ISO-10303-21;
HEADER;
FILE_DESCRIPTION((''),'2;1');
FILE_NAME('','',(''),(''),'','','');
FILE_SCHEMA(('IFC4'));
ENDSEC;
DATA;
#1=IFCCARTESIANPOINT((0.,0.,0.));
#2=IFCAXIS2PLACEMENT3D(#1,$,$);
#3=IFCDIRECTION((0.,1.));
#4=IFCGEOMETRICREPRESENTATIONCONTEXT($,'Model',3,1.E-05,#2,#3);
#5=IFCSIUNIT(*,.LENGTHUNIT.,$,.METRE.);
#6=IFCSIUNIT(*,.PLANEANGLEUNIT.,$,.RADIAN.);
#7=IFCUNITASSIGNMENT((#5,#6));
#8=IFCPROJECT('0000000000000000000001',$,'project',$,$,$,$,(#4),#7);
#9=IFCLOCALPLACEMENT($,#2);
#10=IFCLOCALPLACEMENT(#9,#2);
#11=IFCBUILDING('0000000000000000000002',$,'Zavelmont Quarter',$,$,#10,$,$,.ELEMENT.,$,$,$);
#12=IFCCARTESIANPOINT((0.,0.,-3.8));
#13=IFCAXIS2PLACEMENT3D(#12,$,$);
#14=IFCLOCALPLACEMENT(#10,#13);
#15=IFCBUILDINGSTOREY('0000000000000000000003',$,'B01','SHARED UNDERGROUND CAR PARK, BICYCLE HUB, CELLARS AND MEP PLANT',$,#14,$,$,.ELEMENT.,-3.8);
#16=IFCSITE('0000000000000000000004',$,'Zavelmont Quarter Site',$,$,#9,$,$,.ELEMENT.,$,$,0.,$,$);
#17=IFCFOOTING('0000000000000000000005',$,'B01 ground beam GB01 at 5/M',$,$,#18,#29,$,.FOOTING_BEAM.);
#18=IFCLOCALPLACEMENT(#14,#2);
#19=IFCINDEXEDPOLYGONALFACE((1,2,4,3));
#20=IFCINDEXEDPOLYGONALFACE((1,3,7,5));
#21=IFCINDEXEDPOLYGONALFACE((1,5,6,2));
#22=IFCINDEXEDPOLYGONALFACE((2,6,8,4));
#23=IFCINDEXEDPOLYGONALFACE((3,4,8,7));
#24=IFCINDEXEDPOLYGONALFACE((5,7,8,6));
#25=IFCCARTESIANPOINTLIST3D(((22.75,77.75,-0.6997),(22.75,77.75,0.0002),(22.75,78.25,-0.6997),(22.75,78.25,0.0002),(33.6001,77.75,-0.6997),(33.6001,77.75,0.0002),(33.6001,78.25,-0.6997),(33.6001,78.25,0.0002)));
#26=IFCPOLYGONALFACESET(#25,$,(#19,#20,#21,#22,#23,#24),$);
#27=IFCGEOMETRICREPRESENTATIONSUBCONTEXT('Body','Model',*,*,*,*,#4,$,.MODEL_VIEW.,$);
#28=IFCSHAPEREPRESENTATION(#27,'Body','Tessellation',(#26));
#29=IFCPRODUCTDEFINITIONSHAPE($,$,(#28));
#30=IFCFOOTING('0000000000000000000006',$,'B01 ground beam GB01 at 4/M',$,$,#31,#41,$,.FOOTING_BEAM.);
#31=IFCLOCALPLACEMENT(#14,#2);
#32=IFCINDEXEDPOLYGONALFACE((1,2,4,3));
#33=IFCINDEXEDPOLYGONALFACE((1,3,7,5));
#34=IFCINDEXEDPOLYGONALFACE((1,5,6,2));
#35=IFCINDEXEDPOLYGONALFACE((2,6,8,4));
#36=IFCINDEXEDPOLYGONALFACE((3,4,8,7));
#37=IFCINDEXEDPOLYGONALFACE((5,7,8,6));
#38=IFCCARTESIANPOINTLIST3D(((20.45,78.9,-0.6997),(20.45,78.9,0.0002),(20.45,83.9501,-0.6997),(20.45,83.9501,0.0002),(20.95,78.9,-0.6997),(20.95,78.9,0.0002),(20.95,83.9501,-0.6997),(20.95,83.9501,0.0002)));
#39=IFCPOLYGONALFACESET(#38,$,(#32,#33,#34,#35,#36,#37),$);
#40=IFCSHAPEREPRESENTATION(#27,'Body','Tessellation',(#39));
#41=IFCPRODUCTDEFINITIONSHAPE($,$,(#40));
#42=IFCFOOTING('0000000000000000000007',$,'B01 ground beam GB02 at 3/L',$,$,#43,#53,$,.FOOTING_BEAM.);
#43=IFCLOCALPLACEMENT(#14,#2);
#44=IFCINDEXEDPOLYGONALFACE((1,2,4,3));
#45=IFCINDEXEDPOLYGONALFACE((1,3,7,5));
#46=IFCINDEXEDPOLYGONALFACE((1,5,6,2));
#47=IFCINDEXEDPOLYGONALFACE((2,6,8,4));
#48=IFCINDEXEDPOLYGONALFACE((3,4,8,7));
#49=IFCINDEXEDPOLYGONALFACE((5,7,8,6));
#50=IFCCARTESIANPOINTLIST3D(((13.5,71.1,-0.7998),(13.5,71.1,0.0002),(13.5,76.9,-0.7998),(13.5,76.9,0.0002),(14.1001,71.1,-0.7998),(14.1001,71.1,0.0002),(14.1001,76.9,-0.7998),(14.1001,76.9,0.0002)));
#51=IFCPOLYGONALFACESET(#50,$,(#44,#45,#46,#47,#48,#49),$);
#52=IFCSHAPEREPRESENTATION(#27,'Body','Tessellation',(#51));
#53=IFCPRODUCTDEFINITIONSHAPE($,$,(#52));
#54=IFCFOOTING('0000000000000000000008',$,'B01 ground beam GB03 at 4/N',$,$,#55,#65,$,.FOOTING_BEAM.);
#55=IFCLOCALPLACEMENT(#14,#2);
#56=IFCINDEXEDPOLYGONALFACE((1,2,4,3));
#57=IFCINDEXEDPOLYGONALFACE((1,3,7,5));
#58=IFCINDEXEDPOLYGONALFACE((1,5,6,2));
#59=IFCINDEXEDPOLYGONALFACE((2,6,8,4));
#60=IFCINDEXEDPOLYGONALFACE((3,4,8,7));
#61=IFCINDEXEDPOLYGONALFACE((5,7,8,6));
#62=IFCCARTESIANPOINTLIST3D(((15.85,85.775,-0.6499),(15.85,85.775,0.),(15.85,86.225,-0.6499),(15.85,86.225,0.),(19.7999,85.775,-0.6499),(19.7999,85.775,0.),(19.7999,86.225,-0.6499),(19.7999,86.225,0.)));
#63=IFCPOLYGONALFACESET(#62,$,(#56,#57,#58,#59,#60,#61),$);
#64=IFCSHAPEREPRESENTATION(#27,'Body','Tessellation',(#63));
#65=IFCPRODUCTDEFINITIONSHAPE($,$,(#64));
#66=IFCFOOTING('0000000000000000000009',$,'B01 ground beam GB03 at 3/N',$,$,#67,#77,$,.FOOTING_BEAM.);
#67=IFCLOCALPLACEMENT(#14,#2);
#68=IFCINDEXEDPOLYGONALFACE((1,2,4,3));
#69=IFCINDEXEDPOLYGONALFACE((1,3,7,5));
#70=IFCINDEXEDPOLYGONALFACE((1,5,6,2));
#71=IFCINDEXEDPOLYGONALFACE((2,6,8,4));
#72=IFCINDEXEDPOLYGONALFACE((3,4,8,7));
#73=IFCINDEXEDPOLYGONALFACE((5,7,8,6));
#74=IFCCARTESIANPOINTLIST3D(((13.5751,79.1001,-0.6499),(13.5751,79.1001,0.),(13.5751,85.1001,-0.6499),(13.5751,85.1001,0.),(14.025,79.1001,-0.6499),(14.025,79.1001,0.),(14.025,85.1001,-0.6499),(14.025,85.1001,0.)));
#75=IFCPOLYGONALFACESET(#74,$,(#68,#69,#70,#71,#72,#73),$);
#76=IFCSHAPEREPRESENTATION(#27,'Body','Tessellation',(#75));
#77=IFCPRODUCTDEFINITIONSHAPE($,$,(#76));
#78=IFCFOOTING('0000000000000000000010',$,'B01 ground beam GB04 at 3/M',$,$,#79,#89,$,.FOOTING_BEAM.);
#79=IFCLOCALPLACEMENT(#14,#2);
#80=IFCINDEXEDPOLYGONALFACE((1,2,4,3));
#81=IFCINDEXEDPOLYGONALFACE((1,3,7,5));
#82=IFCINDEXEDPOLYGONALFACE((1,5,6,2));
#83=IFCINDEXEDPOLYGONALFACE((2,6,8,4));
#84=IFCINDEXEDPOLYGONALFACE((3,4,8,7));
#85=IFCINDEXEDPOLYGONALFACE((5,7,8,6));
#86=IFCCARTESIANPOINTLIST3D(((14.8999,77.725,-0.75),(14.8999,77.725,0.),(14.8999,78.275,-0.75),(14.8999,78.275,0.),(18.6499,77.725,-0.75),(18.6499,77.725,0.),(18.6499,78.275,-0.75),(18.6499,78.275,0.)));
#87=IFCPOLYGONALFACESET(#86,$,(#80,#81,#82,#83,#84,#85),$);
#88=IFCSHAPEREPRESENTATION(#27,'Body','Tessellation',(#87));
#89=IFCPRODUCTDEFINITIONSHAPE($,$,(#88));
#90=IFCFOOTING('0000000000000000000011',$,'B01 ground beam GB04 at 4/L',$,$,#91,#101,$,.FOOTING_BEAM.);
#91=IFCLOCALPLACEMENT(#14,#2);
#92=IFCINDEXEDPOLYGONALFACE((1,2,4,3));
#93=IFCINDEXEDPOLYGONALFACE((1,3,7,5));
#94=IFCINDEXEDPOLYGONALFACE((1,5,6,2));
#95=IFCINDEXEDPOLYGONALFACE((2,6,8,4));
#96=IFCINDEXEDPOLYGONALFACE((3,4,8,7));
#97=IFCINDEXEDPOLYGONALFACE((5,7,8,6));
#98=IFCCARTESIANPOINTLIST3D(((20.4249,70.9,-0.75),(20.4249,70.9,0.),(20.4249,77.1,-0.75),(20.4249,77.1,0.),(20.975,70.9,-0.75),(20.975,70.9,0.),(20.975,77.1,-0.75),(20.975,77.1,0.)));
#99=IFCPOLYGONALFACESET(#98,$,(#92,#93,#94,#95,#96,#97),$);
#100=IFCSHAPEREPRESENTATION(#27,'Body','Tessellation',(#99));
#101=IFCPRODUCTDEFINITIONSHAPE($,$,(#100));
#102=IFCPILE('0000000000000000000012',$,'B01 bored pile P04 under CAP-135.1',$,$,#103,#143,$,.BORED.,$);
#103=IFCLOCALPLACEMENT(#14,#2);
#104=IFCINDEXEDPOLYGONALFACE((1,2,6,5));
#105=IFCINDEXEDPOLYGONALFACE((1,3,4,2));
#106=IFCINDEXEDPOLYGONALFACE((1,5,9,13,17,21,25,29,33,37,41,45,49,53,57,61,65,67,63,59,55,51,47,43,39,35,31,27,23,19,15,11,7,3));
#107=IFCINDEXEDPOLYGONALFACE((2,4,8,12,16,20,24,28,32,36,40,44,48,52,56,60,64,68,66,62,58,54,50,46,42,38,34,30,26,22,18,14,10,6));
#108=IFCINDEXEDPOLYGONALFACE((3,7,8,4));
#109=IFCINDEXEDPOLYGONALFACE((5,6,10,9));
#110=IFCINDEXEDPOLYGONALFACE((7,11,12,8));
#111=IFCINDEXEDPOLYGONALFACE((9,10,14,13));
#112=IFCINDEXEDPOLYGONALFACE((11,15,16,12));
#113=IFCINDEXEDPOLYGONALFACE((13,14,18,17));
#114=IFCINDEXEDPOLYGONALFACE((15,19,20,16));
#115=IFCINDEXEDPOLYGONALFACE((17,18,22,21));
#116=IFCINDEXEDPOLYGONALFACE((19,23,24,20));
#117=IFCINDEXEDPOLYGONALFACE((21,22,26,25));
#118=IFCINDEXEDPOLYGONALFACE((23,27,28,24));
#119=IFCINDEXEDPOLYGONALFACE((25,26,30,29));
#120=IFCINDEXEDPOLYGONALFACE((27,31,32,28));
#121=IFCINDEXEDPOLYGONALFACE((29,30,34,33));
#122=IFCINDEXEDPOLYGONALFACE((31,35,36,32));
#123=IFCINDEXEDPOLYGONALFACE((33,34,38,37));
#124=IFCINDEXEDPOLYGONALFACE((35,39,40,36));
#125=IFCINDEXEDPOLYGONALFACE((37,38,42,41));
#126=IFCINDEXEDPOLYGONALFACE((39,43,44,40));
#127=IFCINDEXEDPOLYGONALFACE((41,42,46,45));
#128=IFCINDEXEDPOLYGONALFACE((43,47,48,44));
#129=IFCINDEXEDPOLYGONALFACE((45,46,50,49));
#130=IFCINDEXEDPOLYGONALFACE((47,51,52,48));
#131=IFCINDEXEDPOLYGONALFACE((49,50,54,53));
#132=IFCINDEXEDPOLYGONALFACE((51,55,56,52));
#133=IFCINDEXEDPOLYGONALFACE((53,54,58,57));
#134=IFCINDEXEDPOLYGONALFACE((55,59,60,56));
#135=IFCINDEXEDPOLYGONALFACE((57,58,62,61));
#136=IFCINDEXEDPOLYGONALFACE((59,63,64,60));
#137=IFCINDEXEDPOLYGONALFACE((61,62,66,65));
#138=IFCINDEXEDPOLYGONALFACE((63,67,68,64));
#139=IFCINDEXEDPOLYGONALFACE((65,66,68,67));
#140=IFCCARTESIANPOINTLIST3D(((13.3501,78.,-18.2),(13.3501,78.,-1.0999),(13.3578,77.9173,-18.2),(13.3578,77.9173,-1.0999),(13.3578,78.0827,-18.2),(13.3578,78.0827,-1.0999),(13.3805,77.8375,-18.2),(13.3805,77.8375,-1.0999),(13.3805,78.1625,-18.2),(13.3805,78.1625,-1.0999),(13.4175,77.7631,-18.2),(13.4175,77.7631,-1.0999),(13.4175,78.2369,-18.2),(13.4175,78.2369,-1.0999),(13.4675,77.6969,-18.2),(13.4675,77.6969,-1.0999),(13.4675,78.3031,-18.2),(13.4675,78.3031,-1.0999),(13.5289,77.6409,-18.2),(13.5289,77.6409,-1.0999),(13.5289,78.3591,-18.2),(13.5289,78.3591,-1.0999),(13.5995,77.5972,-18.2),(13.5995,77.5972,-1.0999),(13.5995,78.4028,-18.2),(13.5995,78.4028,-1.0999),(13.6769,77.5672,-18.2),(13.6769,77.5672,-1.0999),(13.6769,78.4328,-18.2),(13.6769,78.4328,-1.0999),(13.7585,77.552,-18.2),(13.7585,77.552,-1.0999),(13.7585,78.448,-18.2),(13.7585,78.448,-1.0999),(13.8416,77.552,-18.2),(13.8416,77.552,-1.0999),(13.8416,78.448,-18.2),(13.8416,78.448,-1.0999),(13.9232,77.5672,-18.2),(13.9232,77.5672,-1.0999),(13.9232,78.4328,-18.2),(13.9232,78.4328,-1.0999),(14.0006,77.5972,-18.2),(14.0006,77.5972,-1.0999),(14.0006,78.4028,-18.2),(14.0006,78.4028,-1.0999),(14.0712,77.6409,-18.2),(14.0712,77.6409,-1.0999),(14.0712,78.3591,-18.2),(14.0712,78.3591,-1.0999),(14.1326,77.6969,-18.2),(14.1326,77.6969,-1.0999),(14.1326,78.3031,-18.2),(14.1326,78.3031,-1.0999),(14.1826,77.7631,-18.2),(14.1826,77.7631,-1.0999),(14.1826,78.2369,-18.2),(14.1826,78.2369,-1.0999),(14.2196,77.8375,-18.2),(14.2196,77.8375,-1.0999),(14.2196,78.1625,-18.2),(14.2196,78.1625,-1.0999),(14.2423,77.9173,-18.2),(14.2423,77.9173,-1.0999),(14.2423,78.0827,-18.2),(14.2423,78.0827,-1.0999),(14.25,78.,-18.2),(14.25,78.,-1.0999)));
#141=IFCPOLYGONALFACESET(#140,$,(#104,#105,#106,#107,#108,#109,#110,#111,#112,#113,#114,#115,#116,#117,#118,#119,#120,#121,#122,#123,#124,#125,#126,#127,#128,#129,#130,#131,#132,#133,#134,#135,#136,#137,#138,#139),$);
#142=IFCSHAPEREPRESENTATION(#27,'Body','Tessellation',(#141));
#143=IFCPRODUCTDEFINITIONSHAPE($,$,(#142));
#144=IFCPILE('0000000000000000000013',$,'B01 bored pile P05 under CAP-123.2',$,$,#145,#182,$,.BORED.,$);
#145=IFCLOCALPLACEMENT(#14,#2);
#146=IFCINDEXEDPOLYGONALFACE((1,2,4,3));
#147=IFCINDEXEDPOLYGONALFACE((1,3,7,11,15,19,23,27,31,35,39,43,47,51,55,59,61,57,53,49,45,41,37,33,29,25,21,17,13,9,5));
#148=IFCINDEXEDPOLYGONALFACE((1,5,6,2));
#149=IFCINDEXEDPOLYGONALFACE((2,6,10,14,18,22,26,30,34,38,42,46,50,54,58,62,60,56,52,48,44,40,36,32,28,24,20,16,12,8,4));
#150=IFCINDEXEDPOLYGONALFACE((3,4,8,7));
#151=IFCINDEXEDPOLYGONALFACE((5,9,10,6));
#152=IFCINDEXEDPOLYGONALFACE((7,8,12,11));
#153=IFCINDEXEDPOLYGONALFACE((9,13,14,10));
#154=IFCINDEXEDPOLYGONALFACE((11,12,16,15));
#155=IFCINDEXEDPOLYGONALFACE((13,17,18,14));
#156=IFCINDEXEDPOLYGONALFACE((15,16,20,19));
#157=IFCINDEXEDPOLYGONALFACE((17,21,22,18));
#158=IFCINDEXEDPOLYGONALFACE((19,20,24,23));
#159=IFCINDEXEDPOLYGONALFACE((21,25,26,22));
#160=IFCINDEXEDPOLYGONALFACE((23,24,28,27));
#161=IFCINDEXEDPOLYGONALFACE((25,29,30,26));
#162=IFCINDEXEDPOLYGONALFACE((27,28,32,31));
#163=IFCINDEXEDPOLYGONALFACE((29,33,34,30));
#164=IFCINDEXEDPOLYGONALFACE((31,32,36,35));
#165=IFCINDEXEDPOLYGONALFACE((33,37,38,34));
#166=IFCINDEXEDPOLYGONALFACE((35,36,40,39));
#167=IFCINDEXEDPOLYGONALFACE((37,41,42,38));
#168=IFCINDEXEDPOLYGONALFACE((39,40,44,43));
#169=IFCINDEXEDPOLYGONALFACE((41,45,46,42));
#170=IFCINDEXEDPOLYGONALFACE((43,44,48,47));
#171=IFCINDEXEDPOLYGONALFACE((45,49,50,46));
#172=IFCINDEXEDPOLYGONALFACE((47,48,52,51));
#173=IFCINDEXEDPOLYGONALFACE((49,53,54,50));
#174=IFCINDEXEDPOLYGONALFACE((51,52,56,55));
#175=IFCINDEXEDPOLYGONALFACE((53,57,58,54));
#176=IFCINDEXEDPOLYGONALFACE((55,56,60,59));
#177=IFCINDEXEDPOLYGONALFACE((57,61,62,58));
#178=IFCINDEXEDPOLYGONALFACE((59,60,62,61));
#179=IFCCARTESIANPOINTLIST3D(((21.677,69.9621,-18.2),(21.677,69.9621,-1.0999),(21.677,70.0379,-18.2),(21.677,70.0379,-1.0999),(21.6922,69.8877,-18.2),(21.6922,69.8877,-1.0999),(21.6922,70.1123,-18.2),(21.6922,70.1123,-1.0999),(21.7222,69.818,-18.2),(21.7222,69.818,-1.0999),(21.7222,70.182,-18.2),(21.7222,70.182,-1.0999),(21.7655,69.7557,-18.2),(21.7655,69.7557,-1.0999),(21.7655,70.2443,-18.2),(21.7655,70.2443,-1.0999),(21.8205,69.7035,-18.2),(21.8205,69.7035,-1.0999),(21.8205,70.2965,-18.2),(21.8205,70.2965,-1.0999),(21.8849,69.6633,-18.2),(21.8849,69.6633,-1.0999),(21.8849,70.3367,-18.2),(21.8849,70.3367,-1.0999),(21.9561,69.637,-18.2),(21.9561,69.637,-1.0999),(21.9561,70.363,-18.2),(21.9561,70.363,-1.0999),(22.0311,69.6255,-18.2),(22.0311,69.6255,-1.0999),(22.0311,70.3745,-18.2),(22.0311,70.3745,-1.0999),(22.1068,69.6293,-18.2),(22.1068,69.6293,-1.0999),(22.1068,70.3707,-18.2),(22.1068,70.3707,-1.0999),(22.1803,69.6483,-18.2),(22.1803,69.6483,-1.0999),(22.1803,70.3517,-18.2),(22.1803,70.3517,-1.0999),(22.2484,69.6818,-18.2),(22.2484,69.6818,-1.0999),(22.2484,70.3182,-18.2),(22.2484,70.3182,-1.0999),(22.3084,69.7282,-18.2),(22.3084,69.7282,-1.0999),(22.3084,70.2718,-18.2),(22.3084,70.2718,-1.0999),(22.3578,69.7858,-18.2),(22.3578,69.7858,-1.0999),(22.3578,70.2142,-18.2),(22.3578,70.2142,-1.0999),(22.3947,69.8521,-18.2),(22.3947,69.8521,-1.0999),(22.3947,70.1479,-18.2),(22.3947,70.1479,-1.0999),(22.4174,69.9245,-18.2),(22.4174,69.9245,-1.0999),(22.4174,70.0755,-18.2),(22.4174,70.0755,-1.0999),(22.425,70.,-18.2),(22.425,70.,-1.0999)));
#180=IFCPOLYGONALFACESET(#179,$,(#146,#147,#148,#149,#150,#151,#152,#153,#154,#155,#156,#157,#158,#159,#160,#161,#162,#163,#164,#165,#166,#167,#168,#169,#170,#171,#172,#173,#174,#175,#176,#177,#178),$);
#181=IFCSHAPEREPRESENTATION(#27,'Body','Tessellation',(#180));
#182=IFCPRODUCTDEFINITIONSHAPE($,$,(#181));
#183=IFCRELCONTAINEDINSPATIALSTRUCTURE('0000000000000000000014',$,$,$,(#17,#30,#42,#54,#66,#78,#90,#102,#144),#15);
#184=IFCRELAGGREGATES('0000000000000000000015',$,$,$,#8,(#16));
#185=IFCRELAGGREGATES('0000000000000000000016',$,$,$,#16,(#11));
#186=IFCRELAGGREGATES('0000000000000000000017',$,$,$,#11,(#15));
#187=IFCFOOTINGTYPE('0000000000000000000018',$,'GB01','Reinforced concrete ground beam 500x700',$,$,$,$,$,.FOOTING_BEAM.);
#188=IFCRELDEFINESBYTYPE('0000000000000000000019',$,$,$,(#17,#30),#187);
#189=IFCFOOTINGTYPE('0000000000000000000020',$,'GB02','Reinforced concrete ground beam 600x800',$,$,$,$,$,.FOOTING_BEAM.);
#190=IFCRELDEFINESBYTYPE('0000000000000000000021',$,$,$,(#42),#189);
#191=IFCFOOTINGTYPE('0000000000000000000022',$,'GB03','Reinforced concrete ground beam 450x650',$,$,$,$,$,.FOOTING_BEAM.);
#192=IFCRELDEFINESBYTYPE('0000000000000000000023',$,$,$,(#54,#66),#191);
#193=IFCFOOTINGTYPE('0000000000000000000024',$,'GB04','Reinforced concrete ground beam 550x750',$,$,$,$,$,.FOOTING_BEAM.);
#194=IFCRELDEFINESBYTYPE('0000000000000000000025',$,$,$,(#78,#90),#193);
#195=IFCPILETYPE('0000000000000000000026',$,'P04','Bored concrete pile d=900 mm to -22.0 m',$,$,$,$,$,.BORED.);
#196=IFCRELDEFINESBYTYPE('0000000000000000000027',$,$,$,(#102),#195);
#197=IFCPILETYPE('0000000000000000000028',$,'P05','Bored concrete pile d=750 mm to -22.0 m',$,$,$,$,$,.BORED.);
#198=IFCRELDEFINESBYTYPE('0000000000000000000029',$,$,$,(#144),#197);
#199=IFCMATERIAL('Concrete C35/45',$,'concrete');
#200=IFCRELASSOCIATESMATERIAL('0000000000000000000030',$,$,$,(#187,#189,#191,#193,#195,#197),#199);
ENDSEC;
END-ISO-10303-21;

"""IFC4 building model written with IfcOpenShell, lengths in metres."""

from ifc_helpers import new_model, si_unit, direction, frame, origin, origin_2d, place, context, subcontext, project, spatial, rectangle, circle, extrude, material, material_profile, profile_set, type_object, element, save


model = new_model("IFC4")

# Units and contexts
model_context = context("Model", 3, precision=1e-05, world=origin(), true_north=direction((0.0, 1.0)))
body_context = subcontext(model_context, "Body", "Model", "MODEL_VIEW")
ifc_project = project(units=[si_unit("LENGTHUNIT", "METRE"), si_unit("PLANEANGLEUNIT", "RADIAN")], contexts=[model_context])

# Site, building, storey
site_placement = place(None, origin())
site = spatial("IfcSite", under=ifc_project, at=site_placement, Name="Zavelmont Quarter Site", CompositionType="ELEMENT", RefElevation=0.0)
building_placement = place(site_placement, origin())
building = spatial("IfcBuilding", under=site, at=building_placement, Name="Zavelmont Quarter", CompositionType="ELEMENT")
storey_placement = place(building_placement, frame((0.0, 0.0, -3.8)))
storey = spatial("IfcBuildingStorey", under=building, at=storey_placement, Name="B01", Description="SHARED UNDERGROUND CAR PARK, BICYCLE HUB, CELLARS AND MEP PLANT", CompositionType="ELEMENT", Elevation=-3.8)

# Footings
ifc_material_1 = material(Name="Concrete C35/45", Category="concrete")
footing_type_1 = type_object("IfcFootingType", Name="GB01", Description="Reinforced concrete ground beam 500x700", PredefinedType="FOOTING_BEAM", material=ifc_material_1)
footing_1_placement = place(storey_placement, frame((28.175, 78.0, -0.6997), z_axis=(0.0, 0.0, 1.0), x_axis=(1.0, 0.0, 0.0)))
element("IfcFooting", 1, at=footing_1_placement, inside=storey, type_object=footing_type_1, Name="B01 ground beam GB01 at 5/M", PredefinedType="FOOTING_BEAM", context=body_context, shape_type="SweptSolid", body=[
    extrude(rectangle(XDim=10.8501, YDim=0.5, at=origin_2d()), origin(), (0.0, 0.0, 1.0), 0.7),
])
footing_2_placement = place(storey_placement, frame((20.7, 81.425, -0.6997), z_axis=(0.0, 0.0, 1.0), x_axis=(0.0, 1.0, 0.0)))
element("IfcFooting", 2, at=footing_2_placement, inside=storey, type_object=footing_type_1, Name="B01 ground beam GB01 at 4/M", PredefinedType="FOOTING_BEAM", context=body_context, shape_type="SweptSolid", body=[
    extrude(rectangle(XDim=5.05, YDim=0.5, at=origin_2d()), origin(), (0.0, 0.0, 1.0), 0.7),
])
footing_type_2 = type_object("IfcFootingType", Name="GB02", Description="Reinforced concrete ground beam 600x800", PredefinedType="FOOTING_BEAM", material=ifc_material_1)
footing_3_placement = place(storey_placement, frame((13.8, 74.0, -0.7998), z_axis=(0.0, 0.0, 1.0), x_axis=(0.0, 1.0, 0.0)))
element("IfcFooting", 3, at=footing_3_placement, inside=storey, type_object=footing_type_2, Name="B01 ground beam GB02 at 3/L", PredefinedType="FOOTING_BEAM", context=body_context, shape_type="SweptSolid", body=[
    extrude(rectangle(XDim=5.8, YDim=0.6001, at=origin_2d()), origin(), (0.0, 0.0, 1.0), 0.8),
])
footing_type_3 = type_object("IfcFootingType", Name="GB03", Description="Reinforced concrete ground beam 450x650", PredefinedType="FOOTING_BEAM", material=ifc_material_1)
footing_4_placement = place(storey_placement, frame((17.825, 86.0, -0.6499), z_axis=(0.0, 0.0, 1.0), x_axis=(1.0, 0.0, 0.0)))
element("IfcFooting", 4, at=footing_4_placement, inside=storey, type_object=footing_type_3, Name="B01 ground beam GB03 at 4/N", PredefinedType="FOOTING_BEAM", context=body_context, shape_type="SweptSolid", body=[
    extrude(rectangle(XDim=3.95, YDim=0.45, at=origin_2d()), origin(), (0.0, 0.0, 1.0), 0.6499),
])
footing_5_placement = place(storey_placement, frame((13.8, 82.1001, -0.6499), z_axis=(0.0, 0.0, 1.0), x_axis=(0.0, 1.0, 0.0)))
element("IfcFooting", 5, at=footing_5_placement, inside=storey, type_object=footing_type_3, Name="B01 ground beam GB03 at 3/N", PredefinedType="FOOTING_BEAM", context=body_context, shape_type="SweptSolid", body=[
    extrude(rectangle(XDim=6.0, YDim=0.45, at=origin_2d()), origin(), (0.0, 0.0, 1.0), 0.6499),
])
footing_type_4 = type_object("IfcFootingType", Name="GB04", Description="Reinforced concrete ground beam 550x750", PredefinedType="FOOTING_BEAM", material=ifc_material_1)
footing_6_placement = place(storey_placement, frame((16.7749, 78.0, -0.75), z_axis=(0.0, 0.0, 1.0), x_axis=(1.0, 0.0, 0.0)))
element("IfcFooting", 6, at=footing_6_placement, inside=storey, type_object=footing_type_4, Name="B01 ground beam GB04 at 3/M", PredefinedType="FOOTING_BEAM", context=body_context, shape_type="SweptSolid", body=[
    extrude(rectangle(XDim=3.75, YDim=0.55, at=origin_2d()), origin(), (0.0, 0.0, 1.0), 0.75),
])
footing_7_placement = place(storey_placement, frame((20.7, 74.0, -0.75), z_axis=(0.0, 0.0, 1.0), x_axis=(0.0, 1.0, 0.0)))
element("IfcFooting", 7, at=footing_7_placement, inside=storey, type_object=footing_type_4, Name="B01 ground beam GB04 at 4/L", PredefinedType="FOOTING_BEAM", context=body_context, shape_type="SweptSolid", body=[
    extrude(rectangle(XDim=6.2, YDim=0.55, at=origin_2d()), origin(), (0.0, 0.0, 1.0), 0.75),
])

# Piles
ifc_material_profile_1 = material_profile(ifc_material_1, circle(Radius=0.45, at=origin_2d()), Name="BP900")
ifc_profile_set_1 = profile_set([ifc_material_profile_1], Name="Concrete C35/45")
pile_type_1 = type_object("IfcPileType", Name="P04", Description="Bored concrete pile d=900 mm to -22.0 m", PredefinedType="BORED", material=ifc_profile_set_1)
pile_placement = place(storey_placement, frame((13.8, 78.0, -1.0999), z_axis=(0.0, 0.0, -1.0), x_axis=(1.0, 0.0, 0.0)))
element("IfcPile", 8, at=pile_placement, inside=storey, type_object=pile_type_1, Name="B01 bored pile P04 under CAP-135.1", PredefinedType="BORED", context=body_context, shape_type="SweptSolid", body=[
    extrude(circle(Radius=0.45, at=origin_2d()), origin(), (0.0, 0.0, 1.0), 17.1001),
])
ifc_material_profile_2 = material_profile(ifc_material_1, circle(Radius=0.375, at=origin_2d()), Name="BP750")
ifc_profile_set_2 = profile_set([ifc_material_profile_2], Name="Concrete C35/45")
pile_type_2 = type_object("IfcPileType", Name="P05", Description="Bored concrete pile d=750 mm to -22.0 m", PredefinedType="BORED", material=ifc_profile_set_2)
for number, where, z_axis, x_axis, name in (
    (9, (22.05, 70.0, -1.0999), (0.0, 0.0, -1.0), (1.0, 0.0, 0.0), "B01 bored pile P05 under CAP-123.2"),
):
    element("IfcPile", number, at=place(storey_placement, frame(where, z_axis=z_axis, x_axis=x_axis)), inside=storey, type_object=pile_type_2, Name=name, PredefinedType="BORED", context=body_context, shape_type="SweptSolid", body=[
        extrude(circle(Radius=0.375, at=origin_2d()), origin(), (0.0, 0.0, 1.0), 17.1001),
    ])

save(model, "model.ifc")
